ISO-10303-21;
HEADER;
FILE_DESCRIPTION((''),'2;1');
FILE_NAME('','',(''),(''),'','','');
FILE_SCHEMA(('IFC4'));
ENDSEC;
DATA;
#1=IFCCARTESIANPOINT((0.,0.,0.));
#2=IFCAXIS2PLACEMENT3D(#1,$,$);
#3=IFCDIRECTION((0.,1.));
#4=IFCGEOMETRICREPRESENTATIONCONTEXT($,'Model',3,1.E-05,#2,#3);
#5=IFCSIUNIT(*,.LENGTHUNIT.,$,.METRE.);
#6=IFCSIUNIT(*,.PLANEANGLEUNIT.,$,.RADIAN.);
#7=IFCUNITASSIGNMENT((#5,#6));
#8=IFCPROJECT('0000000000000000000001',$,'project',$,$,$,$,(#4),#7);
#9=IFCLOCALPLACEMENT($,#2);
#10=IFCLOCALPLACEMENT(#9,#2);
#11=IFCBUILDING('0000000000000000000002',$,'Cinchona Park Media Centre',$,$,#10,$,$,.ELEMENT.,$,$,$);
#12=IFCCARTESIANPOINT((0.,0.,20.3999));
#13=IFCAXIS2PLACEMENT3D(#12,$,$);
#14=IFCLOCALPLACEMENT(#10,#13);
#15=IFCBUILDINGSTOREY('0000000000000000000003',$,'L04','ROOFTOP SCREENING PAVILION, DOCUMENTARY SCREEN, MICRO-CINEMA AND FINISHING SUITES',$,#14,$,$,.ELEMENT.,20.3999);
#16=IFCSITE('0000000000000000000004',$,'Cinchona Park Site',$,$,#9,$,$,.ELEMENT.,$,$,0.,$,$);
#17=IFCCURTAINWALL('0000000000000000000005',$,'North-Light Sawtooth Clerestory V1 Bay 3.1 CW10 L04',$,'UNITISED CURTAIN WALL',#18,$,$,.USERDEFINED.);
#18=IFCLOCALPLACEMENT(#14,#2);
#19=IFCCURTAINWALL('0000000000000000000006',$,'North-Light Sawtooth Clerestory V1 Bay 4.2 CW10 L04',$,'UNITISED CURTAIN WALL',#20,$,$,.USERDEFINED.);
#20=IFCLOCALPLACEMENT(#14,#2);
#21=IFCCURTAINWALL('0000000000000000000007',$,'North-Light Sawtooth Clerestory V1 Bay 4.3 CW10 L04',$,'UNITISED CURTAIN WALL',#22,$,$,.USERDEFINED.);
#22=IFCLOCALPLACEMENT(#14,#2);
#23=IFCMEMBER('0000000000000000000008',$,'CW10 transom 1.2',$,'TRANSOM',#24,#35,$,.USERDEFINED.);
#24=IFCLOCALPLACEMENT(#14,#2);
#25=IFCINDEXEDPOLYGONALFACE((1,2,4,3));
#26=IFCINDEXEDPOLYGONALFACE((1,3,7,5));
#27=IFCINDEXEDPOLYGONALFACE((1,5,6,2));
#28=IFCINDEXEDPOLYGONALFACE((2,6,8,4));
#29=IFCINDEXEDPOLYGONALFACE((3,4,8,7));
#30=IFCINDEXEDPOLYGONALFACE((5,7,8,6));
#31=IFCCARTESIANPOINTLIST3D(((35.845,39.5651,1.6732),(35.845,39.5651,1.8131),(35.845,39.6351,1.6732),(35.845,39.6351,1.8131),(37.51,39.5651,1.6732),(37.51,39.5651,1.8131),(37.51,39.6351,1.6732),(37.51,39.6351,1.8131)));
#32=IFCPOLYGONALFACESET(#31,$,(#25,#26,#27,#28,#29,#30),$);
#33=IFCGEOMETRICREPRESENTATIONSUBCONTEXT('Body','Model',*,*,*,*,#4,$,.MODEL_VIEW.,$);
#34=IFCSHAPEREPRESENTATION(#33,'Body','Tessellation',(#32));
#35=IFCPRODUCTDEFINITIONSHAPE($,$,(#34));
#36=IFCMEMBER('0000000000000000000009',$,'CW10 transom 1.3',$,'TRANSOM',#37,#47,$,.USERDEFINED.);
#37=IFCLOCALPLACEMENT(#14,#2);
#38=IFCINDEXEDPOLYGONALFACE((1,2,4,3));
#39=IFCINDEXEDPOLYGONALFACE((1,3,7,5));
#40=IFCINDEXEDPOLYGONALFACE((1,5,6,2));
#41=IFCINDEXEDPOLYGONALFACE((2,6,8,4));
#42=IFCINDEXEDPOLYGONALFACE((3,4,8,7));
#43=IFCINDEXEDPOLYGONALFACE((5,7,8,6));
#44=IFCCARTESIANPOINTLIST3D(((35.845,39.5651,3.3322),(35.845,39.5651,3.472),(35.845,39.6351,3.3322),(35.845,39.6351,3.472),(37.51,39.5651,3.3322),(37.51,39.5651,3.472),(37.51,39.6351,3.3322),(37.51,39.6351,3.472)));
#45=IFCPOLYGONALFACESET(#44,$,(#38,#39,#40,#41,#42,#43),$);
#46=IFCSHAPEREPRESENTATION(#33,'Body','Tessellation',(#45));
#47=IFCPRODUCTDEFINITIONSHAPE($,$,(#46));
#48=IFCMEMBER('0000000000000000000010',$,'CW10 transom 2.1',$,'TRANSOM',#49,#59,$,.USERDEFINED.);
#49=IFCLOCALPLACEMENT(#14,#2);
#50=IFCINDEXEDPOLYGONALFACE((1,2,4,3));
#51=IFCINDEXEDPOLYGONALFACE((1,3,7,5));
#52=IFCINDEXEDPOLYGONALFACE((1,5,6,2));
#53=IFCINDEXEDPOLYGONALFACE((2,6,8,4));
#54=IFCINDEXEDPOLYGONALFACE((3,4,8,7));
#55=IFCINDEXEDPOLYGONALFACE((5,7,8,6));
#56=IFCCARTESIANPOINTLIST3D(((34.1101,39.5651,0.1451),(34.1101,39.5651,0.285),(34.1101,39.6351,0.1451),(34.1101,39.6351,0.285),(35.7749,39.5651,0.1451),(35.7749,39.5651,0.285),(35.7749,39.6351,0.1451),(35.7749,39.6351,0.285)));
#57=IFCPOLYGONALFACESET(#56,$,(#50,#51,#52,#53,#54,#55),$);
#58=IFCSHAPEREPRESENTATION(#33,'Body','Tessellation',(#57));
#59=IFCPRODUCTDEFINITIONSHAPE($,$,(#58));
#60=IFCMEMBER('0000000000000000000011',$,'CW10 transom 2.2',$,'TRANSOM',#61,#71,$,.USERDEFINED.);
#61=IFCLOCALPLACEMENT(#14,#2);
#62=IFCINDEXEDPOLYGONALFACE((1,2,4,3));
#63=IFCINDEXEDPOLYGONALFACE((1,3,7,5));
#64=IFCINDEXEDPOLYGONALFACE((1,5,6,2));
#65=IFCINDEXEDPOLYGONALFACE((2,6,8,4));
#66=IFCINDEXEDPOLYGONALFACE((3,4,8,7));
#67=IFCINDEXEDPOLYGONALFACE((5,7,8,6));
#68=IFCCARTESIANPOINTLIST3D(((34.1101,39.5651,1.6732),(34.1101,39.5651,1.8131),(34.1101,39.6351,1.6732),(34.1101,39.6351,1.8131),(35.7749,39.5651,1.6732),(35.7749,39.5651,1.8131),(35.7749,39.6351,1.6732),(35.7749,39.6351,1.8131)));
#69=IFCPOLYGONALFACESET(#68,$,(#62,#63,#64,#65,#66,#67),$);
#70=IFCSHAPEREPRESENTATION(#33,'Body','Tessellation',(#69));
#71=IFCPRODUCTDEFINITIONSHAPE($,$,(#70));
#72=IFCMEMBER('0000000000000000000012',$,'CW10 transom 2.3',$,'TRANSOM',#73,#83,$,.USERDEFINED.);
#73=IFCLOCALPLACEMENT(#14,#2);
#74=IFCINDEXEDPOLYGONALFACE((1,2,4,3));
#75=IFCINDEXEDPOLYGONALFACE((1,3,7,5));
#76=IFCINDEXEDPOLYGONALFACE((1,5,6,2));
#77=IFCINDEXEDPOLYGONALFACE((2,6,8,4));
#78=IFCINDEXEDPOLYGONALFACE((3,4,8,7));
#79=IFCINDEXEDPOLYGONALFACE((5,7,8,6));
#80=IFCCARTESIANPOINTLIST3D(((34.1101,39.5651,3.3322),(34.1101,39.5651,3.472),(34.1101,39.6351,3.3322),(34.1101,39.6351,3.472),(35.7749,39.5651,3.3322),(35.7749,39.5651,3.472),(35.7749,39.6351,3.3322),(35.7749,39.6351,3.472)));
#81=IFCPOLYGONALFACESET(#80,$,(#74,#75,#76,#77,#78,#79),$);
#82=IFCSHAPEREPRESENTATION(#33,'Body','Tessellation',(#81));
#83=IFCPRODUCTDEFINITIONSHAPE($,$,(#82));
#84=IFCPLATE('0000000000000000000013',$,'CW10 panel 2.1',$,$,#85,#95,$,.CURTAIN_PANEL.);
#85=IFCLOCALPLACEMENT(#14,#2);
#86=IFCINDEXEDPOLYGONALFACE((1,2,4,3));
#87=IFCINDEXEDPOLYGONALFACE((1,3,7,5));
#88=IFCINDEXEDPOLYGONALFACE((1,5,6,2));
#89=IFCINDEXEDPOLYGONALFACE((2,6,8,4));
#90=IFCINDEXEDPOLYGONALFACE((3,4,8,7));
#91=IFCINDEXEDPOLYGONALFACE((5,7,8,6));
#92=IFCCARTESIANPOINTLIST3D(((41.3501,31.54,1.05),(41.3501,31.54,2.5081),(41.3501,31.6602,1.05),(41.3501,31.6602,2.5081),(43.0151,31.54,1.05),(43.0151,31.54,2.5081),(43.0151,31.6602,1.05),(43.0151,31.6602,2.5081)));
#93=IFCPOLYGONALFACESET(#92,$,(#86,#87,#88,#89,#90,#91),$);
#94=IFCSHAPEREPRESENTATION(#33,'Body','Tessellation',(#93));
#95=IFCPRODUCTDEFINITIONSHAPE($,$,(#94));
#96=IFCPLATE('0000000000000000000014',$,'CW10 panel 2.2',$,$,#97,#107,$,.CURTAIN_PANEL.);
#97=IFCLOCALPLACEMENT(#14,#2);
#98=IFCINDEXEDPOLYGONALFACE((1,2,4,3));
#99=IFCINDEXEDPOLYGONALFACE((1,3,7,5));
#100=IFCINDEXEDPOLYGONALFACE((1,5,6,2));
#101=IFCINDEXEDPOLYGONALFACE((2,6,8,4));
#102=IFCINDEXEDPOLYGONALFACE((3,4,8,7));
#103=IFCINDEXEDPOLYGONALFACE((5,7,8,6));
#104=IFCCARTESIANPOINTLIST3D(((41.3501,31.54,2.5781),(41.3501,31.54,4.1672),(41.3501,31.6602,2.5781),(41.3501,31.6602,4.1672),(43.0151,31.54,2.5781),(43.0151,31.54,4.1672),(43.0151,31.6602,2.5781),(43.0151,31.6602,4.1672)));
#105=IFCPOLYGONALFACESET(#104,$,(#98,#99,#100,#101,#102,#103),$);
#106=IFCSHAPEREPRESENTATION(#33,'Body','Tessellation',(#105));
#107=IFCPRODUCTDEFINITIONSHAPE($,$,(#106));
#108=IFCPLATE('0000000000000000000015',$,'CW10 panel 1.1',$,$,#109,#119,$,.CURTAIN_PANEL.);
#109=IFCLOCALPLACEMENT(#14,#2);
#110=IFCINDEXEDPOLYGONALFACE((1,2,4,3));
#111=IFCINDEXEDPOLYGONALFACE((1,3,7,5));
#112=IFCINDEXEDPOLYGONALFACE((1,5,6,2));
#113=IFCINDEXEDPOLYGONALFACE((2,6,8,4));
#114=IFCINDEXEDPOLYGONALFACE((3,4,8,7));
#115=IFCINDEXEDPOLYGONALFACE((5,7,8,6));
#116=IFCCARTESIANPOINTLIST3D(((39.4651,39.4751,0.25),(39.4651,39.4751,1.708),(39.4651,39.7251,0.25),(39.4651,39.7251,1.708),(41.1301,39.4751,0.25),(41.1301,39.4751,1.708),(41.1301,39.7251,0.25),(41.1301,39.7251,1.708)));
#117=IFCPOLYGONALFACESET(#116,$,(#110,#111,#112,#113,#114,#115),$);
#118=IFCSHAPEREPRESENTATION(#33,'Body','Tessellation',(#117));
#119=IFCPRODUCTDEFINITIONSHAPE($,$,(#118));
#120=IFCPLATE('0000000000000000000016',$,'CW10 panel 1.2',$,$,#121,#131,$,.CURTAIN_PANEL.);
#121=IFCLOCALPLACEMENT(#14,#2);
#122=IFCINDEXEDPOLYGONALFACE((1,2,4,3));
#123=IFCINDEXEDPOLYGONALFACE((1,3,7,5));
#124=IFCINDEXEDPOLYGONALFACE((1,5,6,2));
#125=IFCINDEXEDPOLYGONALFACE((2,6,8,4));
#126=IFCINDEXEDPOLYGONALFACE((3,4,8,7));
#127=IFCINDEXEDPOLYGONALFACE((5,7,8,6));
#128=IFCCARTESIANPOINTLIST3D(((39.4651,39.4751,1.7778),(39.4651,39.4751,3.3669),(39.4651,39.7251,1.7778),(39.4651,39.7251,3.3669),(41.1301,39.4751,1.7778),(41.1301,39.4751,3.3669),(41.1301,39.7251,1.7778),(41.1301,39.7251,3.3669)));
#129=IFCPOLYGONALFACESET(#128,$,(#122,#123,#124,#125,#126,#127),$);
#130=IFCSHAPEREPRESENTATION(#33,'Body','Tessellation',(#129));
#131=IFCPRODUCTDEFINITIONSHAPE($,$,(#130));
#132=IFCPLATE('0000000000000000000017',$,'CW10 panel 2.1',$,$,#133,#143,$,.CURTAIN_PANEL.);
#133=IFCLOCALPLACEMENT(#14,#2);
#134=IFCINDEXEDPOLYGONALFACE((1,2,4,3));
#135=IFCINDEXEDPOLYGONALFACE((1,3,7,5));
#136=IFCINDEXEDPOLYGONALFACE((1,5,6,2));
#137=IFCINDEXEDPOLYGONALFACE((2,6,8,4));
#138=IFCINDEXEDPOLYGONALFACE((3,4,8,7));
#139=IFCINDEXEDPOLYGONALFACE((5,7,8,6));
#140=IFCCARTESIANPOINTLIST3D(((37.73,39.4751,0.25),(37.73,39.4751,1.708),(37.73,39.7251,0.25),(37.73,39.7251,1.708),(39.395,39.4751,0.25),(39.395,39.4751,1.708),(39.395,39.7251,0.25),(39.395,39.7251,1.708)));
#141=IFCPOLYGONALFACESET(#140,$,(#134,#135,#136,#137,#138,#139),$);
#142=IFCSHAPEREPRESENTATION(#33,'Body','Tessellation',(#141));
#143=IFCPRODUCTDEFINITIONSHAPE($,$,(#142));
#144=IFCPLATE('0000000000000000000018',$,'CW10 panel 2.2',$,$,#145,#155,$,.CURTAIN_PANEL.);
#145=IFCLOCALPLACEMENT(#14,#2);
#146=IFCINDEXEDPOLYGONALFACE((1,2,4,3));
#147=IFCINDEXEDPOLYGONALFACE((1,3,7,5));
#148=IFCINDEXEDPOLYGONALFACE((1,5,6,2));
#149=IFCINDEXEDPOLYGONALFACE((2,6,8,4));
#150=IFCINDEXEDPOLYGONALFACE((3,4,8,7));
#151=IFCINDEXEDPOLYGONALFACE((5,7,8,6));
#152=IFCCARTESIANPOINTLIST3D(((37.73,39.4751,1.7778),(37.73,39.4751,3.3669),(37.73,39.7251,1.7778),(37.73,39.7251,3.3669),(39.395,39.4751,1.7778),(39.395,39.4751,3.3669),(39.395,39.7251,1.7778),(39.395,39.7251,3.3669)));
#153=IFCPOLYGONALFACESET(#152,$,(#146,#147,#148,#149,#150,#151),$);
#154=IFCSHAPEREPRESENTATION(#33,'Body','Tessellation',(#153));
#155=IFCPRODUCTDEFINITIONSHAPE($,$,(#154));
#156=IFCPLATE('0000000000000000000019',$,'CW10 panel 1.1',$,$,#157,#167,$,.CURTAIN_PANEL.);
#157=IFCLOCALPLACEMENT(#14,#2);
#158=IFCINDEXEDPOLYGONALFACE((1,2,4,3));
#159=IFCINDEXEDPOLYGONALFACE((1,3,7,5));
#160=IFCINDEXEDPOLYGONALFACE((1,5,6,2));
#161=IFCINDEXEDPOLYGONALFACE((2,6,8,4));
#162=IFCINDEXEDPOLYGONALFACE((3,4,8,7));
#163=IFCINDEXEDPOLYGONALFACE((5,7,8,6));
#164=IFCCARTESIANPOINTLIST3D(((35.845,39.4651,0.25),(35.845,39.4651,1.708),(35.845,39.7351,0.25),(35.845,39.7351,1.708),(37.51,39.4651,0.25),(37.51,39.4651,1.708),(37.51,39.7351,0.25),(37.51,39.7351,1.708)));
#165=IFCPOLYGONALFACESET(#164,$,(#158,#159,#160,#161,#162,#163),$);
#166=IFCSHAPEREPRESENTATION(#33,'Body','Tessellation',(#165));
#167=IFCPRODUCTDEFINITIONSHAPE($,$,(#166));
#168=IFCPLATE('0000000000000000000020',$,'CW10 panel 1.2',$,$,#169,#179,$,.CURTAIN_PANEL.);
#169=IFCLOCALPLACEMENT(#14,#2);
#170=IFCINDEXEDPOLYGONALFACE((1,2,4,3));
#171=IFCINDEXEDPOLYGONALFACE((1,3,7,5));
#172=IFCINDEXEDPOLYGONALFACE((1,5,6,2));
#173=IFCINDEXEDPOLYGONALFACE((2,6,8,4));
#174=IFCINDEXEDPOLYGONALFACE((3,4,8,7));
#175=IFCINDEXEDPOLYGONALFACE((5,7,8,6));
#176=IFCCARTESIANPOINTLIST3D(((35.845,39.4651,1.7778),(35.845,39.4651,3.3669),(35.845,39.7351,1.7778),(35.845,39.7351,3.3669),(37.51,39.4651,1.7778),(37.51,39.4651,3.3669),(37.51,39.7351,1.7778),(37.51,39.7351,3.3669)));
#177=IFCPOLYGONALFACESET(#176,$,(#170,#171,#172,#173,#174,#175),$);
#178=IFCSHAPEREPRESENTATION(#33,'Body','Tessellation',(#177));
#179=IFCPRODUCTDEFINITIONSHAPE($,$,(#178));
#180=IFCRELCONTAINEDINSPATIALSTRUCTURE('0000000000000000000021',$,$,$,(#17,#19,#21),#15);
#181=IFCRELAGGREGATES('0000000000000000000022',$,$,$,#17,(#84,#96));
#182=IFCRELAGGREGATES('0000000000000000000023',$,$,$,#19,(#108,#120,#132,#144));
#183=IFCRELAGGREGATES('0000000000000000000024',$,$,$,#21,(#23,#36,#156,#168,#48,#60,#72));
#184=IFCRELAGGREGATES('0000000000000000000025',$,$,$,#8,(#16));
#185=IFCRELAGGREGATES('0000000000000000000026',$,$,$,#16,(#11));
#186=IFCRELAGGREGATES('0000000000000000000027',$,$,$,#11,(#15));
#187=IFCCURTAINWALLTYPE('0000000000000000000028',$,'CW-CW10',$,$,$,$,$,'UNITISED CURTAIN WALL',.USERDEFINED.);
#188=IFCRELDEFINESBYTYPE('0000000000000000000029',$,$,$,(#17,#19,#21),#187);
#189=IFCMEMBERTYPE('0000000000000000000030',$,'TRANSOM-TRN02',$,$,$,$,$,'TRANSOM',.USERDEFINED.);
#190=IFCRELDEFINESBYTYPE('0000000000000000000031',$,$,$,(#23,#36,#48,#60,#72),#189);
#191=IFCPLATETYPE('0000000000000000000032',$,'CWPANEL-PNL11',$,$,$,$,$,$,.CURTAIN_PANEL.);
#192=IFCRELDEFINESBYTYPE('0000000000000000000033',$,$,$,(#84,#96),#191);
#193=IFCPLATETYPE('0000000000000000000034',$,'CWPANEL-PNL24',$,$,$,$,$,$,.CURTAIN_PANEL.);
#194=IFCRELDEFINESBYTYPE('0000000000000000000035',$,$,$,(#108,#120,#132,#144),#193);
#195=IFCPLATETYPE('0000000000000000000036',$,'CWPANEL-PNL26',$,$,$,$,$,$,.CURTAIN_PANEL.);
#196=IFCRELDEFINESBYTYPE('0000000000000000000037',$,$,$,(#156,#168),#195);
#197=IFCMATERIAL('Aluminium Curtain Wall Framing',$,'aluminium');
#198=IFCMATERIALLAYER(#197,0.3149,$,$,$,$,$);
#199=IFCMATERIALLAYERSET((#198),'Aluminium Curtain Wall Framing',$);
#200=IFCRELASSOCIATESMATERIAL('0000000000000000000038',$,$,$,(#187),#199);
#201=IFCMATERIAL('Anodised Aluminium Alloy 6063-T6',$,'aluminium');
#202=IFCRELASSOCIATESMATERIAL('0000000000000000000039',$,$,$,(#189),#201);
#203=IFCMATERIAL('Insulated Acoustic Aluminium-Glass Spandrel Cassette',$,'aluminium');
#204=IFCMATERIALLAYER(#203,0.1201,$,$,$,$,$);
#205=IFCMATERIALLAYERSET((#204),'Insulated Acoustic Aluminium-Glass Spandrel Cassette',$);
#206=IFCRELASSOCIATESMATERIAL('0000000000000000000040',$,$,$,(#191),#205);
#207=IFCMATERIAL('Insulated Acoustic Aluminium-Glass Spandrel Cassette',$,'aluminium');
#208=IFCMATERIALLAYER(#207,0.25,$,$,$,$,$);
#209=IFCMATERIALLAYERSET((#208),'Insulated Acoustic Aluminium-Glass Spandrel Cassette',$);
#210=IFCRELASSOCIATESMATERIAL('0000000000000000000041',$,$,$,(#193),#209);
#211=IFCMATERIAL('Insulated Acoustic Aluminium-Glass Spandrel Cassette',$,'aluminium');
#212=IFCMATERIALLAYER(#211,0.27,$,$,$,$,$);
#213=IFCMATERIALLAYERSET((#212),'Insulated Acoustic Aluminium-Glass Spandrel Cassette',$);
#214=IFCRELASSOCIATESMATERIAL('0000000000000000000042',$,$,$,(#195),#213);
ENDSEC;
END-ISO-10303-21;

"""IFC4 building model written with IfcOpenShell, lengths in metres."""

from ifc_helpers import new_model, si_unit, direction, frame, origin, origin_2d, place, context, subcontext, project, spatial, rectangle, extrude, material, layer, layer_set, material_profile, profile_set, type_object, element, aggregate, save


model = new_model("IFC4")

# Units and contexts
model_context = context("Model", 3, precision=1e-05, world=origin(), true_north=direction((0.0, 1.0)))
body_context = subcontext(model_context, "Body", "Model", "MODEL_VIEW")
ifc_project = project(units=[si_unit("LENGTHUNIT", "METRE"), si_unit("PLANEANGLEUNIT", "RADIAN")], contexts=[model_context])

# Site, building, storey
site_placement = place(None, origin())
site = spatial("IfcSite", under=ifc_project, at=site_placement, Name="Cinchona Park Site", CompositionType="ELEMENT", RefElevation=0.0)
building_placement = place(site_placement, origin())
building = spatial("IfcBuilding", under=site, at=building_placement, Name="Cinchona Park Media Centre", CompositionType="ELEMENT")
storey_placement = place(building_placement, frame((0.0, 0.0, 20.3999)))
storey = spatial("IfcBuildingStorey", under=building, at=storey_placement, Name="L04", Description="ROOFTOP SCREENING PAVILION, DOCUMENTARY SCREEN, MICRO-CINEMA AND FINISHING SUITES", CompositionType="ELEMENT", Elevation=20.3999)

# Curtain wall
ifc_material_1 = material(Name="Aluminium Curtain Wall Framing", Category="aluminium")
ifc_layer_1 = layer(ifc_material_1, 0.3149)
ifc_layer_set_1 = layer_set([ifc_layer_1], Name="Aluminium Curtain Wall Framing")
curtain_wall_type = type_object("IfcCurtainWallType", Name="CW-CW10", ElementType="UNITISED CURTAIN WALL", PredefinedType="USERDEFINED", material=ifc_layer_set_1)
curtain_wall_1_placement = place(storey_placement, origin())
curtain_wall_1 = element("IfcCurtainWall", 1, at=curtain_wall_1_placement, inside=storey, type_object=curtain_wall_type, Name="North-Light Sawtooth Clerestory V1 Bay 3.1 CW10 L04", ObjectType="UNITISED CURTAIN WALL", PredefinedType="USERDEFINED")

# Curtain walls
curtain_wall_2_placement = place(storey_placement, origin())
curtain_wall_2 = element("IfcCurtainWall", 2, at=curtain_wall_2_placement, inside=storey, type_object=curtain_wall_type, Name="North-Light Sawtooth Clerestory V1 Bay 4.2 CW10 L04", ObjectType="UNITISED CURTAIN WALL", PredefinedType="USERDEFINED")
curtain_wall_3_placement = place(storey_placement, origin())
curtain_wall_3 = element("IfcCurtainWall", 3, at=curtain_wall_3_placement, inside=storey, type_object=curtain_wall_type, Name="North-Light Sawtooth Clerestory V1 Bay 4.3 CW10 L04", ObjectType="UNITISED CURTAIN WALL", PredefinedType="USERDEFINED")

# Members
ifc_material_2 = material(Name="Anodised Aluminium Alloy 6063-T6", Category="aluminium")
ifc_material_profile_1 = material_profile(ifc_material_2, rectangle(XDim=0.0701, YDim=0.1399, at=origin_2d()), Name="TRN-70X140")
ifc_profile_set_1 = profile_set([ifc_material_profile_1], Name="Anodised Aluminium Alloy 6063-T6")
member_type_1 = type_object("IfcMemberType", Name="TRANSOM-TRN02", ElementType="TRANSOM", PredefinedType="USERDEFINED", material=ifc_profile_set_1)
member_1_placement = place(storey_placement, frame((37.51, 39.6001, 1.7432), z_axis=(-1.0, 0.0, 0.0), x_axis=(0.0, -1.0, 0.0)))
member_1 = element("IfcMember", 4, at=member_1_placement, type_object=member_type_1, Name="CW10 transom 1.2", ObjectType="TRANSOM", PredefinedType="USERDEFINED", context=body_context, shape_type="SweptSolid", body=[
    extrude(rectangle(XDim=0.0701, YDim=0.1399, at=origin_2d()), origin(), (0.0, 0.0, 1.0), 1.665),
])
member_2_placement = place(storey_placement, frame((37.51, 39.6001, 3.4021), z_axis=(-1.0, 0.0, 0.0), x_axis=(0.0, -1.0, 0.0)))
member_2 = element("IfcMember", 5, at=member_2_placement, type_object=member_type_1, Name="CW10 transom 1.3", ObjectType="TRANSOM", PredefinedType="USERDEFINED", context=body_context, shape_type="SweptSolid", body=[
    extrude(rectangle(XDim=0.0701, YDim=0.1399, at=origin_2d()), origin(), (0.0, 0.0, 1.0), 1.665),
])
member_3_placement = place(storey_placement, frame((35.7749, 39.6001, 0.2151), z_axis=(-1.0, 0.0, 0.0), x_axis=(0.0, -1.0, 0.0)))
member_3 = element("IfcMember", 6, at=member_3_placement, type_object=member_type_1, Name="CW10 transom 2.1", ObjectType="TRANSOM", PredefinedType="USERDEFINED", context=body_context, shape_type="SweptSolid", body=[
    extrude(rectangle(XDim=0.0701, YDim=0.1399, at=origin_2d()), origin(), (0.0, 0.0, 1.0), 1.6648),
])
member_4_placement = place(storey_placement, frame((35.7749, 39.6001, 1.7432), z_axis=(-1.0, 0.0, 0.0), x_axis=(0.0, -1.0, 0.0)))
member_4 = element("IfcMember", 7, at=member_4_placement, type_object=member_type_1, Name="CW10 transom 2.2", ObjectType="TRANSOM", PredefinedType="USERDEFINED", context=body_context, shape_type="SweptSolid", body=[
    extrude(rectangle(XDim=0.0701, YDim=0.1399, at=origin_2d()), origin(), (0.0, 0.0, 1.0), 1.6648),
])
member_5_placement = place(storey_placement, frame((35.7749, 39.6001, 3.4021), z_axis=(-1.0, 0.0, 0.0), x_axis=(0.0, -1.0, 0.0)))
member_5 = element("IfcMember", 8, at=member_5_placement, type_object=member_type_1, Name="CW10 transom 2.3", ObjectType="TRANSOM", PredefinedType="USERDEFINED", context=body_context, shape_type="SweptSolid", body=[
    extrude(rectangle(XDim=0.0701, YDim=0.1399, at=origin_2d()), origin(), (0.0, 0.0, 1.0), 1.6648),
])

# Plates
ifc_material_3 = material(Name="Insulated Acoustic Aluminium-Glass Spandrel Cassette", Category="aluminium")
ifc_layer_2 = layer(ifc_material_3, 0.1201)
ifc_layer_set_2 = layer_set([ifc_layer_2], Name="Insulated Acoustic Aluminium-Glass Spandrel Cassette")
plate_type_1 = type_object("IfcPlateType", Name="CWPANEL-PNL11", PredefinedType="CURTAIN_PANEL", material=ifc_layer_set_2)
plate_1_placement = place(storey_placement, frame((42.1826, 31.6001, 1.05), z_axis=(0.0, 0.0, 1.0), x_axis=(-1.0, 0.0, 0.0)))
plate_1 = element("IfcPlate", 9, at=plate_1_placement, type_object=plate_type_1, Name="CW10 panel 2.1", PredefinedType="CURTAIN_PANEL", context=body_context, shape_type="SweptSolid", body=[
    extrude(rectangle(XDim=1.665, YDim=0.1201, at=origin_2d()), origin(), (0.0, 0.0, 1.0), 1.458),
])
plate_2_placement = place(storey_placement, frame((42.1826, 31.6001, 2.5781), z_axis=(0.0, 0.0, 1.0), x_axis=(-1.0, 0.0, 0.0)))
plate_2 = element("IfcPlate", 10, at=plate_2_placement, type_object=plate_type_1, Name="CW10 panel 2.2", PredefinedType="CURTAIN_PANEL", context=body_context, shape_type="SweptSolid", body=[
    extrude(rectangle(XDim=1.665, YDim=0.1201, at=origin_2d()), origin(), (0.0, 0.0, 1.0), 1.5891),
])
aggregate(curtain_wall_1, [plate_1, plate_2])
ifc_material_4 = material(Name="Insulated Acoustic Aluminium-Glass Spandrel Cassette", Category="aluminium")
ifc_layer_3 = layer(ifc_material_4, 0.25)
ifc_layer_set_3 = layer_set([ifc_layer_3], Name="Insulated Acoustic Aluminium-Glass Spandrel Cassette")
plate_type_2 = type_object("IfcPlateType", Name="CWPANEL-PNL24", PredefinedType="CURTAIN_PANEL", material=ifc_layer_set_3)
plate_3_placement = place(storey_placement, frame((40.2976, 39.6001, 0.25), z_axis=(0.0, 0.0, 1.0), x_axis=(-1.0, 0.0, 0.0)))
plate_3 = element("IfcPlate", 11, at=plate_3_placement, type_object=plate_type_2, Name="CW10 panel 1.1", PredefinedType="CURTAIN_PANEL", context=body_context, shape_type="SweptSolid", body=[
    extrude(rectangle(XDim=1.665, YDim=0.25, at=origin_2d()), origin(), (0.0, 0.0, 1.0), 1.458),
])
plate_4_placement = place(storey_placement, frame((40.2976, 39.6001, 1.7778), z_axis=(0.0, 0.0, 1.0), x_axis=(-1.0, 0.0, 0.0)))
plate_4 = element("IfcPlate", 12, at=plate_4_placement, type_object=plate_type_2, Name="CW10 panel 1.2", PredefinedType="CURTAIN_PANEL", context=body_context, shape_type="SweptSolid", body=[
    extrude(rectangle(XDim=1.665, YDim=0.25, at=origin_2d()), origin(), (0.0, 0.0, 1.0), 1.5891),
])
plate_5_placement = place(storey_placement, frame((38.5625, 39.6001, 0.25), z_axis=(0.0, 0.0, 1.0), x_axis=(-1.0, 0.0, 0.0)))
plate_5 = element("IfcPlate", 13, at=plate_5_placement, type_object=plate_type_2, Name="CW10 panel 2.1", PredefinedType="CURTAIN_PANEL", context=body_context, shape_type="SweptSolid", body=[
    extrude(rectangle(XDim=1.665, YDim=0.25, at=origin_2d()), origin(), (0.0, 0.0, 1.0), 1.458),
])
plate_6_placement = place(storey_placement, frame((38.5625, 39.6001, 1.7778), z_axis=(0.0, 0.0, 1.0), x_axis=(-1.0, 0.0, 0.0)))
plate_6 = element("IfcPlate", 14, at=plate_6_placement, type_object=plate_type_2, Name="CW10 panel 2.2", PredefinedType="CURTAIN_PANEL", context=body_context, shape_type="SweptSolid", body=[
    extrude(rectangle(XDim=1.665, YDim=0.25, at=origin_2d()), origin(), (0.0, 0.0, 1.0), 1.5891),
])
aggregate(curtain_wall_2, [plate_3, plate_4, plate_5, plate_6])
ifc_material_5 = material(Name="Insulated Acoustic Aluminium-Glass Spandrel Cassette", Category="aluminium")
ifc_layer_4 = layer(ifc_material_5, 0.27)
ifc_layer_set_4 = layer_set([ifc_layer_4], Name="Insulated Acoustic Aluminium-Glass Spandrel Cassette")
plate_type_3 = type_object("IfcPlateType", Name="CWPANEL-PNL26", PredefinedType="CURTAIN_PANEL", material=ifc_layer_set_4)
plate_7_placement = place(storey_placement, frame((36.6775, 39.6001, 0.25), z_axis=(0.0, 0.0, 1.0), x_axis=(-1.0, 0.0, 0.0)))
plate_7 = element("IfcPlate", 15, at=plate_7_placement, type_object=plate_type_3, Name="CW10 panel 1.1", PredefinedType="CURTAIN_PANEL", context=body_context, shape_type="SweptSolid", body=[
    extrude(rectangle(XDim=1.665, YDim=0.27, at=origin_2d()), origin(), (0.0, 0.0, 1.0), 1.458),
])
plate_8_placement = place(storey_placement, frame((36.6775, 39.6001, 1.7778), z_axis=(0.0, 0.0, 1.0), x_axis=(-1.0, 0.0, 0.0)))
plate_8 = element("IfcPlate", 16, at=plate_8_placement, type_object=plate_type_3, Name="CW10 panel 1.2", PredefinedType="CURTAIN_PANEL", context=body_context, shape_type="SweptSolid", body=[
    extrude(rectangle(XDim=1.665, YDim=0.27, at=origin_2d()), origin(), (0.0, 0.0, 1.0), 1.5891),
])
aggregate(curtain_wall_3, [member_1, member_2, plate_7, plate_8, member_3, member_4, member_5])

save(model, "model.ifc")
